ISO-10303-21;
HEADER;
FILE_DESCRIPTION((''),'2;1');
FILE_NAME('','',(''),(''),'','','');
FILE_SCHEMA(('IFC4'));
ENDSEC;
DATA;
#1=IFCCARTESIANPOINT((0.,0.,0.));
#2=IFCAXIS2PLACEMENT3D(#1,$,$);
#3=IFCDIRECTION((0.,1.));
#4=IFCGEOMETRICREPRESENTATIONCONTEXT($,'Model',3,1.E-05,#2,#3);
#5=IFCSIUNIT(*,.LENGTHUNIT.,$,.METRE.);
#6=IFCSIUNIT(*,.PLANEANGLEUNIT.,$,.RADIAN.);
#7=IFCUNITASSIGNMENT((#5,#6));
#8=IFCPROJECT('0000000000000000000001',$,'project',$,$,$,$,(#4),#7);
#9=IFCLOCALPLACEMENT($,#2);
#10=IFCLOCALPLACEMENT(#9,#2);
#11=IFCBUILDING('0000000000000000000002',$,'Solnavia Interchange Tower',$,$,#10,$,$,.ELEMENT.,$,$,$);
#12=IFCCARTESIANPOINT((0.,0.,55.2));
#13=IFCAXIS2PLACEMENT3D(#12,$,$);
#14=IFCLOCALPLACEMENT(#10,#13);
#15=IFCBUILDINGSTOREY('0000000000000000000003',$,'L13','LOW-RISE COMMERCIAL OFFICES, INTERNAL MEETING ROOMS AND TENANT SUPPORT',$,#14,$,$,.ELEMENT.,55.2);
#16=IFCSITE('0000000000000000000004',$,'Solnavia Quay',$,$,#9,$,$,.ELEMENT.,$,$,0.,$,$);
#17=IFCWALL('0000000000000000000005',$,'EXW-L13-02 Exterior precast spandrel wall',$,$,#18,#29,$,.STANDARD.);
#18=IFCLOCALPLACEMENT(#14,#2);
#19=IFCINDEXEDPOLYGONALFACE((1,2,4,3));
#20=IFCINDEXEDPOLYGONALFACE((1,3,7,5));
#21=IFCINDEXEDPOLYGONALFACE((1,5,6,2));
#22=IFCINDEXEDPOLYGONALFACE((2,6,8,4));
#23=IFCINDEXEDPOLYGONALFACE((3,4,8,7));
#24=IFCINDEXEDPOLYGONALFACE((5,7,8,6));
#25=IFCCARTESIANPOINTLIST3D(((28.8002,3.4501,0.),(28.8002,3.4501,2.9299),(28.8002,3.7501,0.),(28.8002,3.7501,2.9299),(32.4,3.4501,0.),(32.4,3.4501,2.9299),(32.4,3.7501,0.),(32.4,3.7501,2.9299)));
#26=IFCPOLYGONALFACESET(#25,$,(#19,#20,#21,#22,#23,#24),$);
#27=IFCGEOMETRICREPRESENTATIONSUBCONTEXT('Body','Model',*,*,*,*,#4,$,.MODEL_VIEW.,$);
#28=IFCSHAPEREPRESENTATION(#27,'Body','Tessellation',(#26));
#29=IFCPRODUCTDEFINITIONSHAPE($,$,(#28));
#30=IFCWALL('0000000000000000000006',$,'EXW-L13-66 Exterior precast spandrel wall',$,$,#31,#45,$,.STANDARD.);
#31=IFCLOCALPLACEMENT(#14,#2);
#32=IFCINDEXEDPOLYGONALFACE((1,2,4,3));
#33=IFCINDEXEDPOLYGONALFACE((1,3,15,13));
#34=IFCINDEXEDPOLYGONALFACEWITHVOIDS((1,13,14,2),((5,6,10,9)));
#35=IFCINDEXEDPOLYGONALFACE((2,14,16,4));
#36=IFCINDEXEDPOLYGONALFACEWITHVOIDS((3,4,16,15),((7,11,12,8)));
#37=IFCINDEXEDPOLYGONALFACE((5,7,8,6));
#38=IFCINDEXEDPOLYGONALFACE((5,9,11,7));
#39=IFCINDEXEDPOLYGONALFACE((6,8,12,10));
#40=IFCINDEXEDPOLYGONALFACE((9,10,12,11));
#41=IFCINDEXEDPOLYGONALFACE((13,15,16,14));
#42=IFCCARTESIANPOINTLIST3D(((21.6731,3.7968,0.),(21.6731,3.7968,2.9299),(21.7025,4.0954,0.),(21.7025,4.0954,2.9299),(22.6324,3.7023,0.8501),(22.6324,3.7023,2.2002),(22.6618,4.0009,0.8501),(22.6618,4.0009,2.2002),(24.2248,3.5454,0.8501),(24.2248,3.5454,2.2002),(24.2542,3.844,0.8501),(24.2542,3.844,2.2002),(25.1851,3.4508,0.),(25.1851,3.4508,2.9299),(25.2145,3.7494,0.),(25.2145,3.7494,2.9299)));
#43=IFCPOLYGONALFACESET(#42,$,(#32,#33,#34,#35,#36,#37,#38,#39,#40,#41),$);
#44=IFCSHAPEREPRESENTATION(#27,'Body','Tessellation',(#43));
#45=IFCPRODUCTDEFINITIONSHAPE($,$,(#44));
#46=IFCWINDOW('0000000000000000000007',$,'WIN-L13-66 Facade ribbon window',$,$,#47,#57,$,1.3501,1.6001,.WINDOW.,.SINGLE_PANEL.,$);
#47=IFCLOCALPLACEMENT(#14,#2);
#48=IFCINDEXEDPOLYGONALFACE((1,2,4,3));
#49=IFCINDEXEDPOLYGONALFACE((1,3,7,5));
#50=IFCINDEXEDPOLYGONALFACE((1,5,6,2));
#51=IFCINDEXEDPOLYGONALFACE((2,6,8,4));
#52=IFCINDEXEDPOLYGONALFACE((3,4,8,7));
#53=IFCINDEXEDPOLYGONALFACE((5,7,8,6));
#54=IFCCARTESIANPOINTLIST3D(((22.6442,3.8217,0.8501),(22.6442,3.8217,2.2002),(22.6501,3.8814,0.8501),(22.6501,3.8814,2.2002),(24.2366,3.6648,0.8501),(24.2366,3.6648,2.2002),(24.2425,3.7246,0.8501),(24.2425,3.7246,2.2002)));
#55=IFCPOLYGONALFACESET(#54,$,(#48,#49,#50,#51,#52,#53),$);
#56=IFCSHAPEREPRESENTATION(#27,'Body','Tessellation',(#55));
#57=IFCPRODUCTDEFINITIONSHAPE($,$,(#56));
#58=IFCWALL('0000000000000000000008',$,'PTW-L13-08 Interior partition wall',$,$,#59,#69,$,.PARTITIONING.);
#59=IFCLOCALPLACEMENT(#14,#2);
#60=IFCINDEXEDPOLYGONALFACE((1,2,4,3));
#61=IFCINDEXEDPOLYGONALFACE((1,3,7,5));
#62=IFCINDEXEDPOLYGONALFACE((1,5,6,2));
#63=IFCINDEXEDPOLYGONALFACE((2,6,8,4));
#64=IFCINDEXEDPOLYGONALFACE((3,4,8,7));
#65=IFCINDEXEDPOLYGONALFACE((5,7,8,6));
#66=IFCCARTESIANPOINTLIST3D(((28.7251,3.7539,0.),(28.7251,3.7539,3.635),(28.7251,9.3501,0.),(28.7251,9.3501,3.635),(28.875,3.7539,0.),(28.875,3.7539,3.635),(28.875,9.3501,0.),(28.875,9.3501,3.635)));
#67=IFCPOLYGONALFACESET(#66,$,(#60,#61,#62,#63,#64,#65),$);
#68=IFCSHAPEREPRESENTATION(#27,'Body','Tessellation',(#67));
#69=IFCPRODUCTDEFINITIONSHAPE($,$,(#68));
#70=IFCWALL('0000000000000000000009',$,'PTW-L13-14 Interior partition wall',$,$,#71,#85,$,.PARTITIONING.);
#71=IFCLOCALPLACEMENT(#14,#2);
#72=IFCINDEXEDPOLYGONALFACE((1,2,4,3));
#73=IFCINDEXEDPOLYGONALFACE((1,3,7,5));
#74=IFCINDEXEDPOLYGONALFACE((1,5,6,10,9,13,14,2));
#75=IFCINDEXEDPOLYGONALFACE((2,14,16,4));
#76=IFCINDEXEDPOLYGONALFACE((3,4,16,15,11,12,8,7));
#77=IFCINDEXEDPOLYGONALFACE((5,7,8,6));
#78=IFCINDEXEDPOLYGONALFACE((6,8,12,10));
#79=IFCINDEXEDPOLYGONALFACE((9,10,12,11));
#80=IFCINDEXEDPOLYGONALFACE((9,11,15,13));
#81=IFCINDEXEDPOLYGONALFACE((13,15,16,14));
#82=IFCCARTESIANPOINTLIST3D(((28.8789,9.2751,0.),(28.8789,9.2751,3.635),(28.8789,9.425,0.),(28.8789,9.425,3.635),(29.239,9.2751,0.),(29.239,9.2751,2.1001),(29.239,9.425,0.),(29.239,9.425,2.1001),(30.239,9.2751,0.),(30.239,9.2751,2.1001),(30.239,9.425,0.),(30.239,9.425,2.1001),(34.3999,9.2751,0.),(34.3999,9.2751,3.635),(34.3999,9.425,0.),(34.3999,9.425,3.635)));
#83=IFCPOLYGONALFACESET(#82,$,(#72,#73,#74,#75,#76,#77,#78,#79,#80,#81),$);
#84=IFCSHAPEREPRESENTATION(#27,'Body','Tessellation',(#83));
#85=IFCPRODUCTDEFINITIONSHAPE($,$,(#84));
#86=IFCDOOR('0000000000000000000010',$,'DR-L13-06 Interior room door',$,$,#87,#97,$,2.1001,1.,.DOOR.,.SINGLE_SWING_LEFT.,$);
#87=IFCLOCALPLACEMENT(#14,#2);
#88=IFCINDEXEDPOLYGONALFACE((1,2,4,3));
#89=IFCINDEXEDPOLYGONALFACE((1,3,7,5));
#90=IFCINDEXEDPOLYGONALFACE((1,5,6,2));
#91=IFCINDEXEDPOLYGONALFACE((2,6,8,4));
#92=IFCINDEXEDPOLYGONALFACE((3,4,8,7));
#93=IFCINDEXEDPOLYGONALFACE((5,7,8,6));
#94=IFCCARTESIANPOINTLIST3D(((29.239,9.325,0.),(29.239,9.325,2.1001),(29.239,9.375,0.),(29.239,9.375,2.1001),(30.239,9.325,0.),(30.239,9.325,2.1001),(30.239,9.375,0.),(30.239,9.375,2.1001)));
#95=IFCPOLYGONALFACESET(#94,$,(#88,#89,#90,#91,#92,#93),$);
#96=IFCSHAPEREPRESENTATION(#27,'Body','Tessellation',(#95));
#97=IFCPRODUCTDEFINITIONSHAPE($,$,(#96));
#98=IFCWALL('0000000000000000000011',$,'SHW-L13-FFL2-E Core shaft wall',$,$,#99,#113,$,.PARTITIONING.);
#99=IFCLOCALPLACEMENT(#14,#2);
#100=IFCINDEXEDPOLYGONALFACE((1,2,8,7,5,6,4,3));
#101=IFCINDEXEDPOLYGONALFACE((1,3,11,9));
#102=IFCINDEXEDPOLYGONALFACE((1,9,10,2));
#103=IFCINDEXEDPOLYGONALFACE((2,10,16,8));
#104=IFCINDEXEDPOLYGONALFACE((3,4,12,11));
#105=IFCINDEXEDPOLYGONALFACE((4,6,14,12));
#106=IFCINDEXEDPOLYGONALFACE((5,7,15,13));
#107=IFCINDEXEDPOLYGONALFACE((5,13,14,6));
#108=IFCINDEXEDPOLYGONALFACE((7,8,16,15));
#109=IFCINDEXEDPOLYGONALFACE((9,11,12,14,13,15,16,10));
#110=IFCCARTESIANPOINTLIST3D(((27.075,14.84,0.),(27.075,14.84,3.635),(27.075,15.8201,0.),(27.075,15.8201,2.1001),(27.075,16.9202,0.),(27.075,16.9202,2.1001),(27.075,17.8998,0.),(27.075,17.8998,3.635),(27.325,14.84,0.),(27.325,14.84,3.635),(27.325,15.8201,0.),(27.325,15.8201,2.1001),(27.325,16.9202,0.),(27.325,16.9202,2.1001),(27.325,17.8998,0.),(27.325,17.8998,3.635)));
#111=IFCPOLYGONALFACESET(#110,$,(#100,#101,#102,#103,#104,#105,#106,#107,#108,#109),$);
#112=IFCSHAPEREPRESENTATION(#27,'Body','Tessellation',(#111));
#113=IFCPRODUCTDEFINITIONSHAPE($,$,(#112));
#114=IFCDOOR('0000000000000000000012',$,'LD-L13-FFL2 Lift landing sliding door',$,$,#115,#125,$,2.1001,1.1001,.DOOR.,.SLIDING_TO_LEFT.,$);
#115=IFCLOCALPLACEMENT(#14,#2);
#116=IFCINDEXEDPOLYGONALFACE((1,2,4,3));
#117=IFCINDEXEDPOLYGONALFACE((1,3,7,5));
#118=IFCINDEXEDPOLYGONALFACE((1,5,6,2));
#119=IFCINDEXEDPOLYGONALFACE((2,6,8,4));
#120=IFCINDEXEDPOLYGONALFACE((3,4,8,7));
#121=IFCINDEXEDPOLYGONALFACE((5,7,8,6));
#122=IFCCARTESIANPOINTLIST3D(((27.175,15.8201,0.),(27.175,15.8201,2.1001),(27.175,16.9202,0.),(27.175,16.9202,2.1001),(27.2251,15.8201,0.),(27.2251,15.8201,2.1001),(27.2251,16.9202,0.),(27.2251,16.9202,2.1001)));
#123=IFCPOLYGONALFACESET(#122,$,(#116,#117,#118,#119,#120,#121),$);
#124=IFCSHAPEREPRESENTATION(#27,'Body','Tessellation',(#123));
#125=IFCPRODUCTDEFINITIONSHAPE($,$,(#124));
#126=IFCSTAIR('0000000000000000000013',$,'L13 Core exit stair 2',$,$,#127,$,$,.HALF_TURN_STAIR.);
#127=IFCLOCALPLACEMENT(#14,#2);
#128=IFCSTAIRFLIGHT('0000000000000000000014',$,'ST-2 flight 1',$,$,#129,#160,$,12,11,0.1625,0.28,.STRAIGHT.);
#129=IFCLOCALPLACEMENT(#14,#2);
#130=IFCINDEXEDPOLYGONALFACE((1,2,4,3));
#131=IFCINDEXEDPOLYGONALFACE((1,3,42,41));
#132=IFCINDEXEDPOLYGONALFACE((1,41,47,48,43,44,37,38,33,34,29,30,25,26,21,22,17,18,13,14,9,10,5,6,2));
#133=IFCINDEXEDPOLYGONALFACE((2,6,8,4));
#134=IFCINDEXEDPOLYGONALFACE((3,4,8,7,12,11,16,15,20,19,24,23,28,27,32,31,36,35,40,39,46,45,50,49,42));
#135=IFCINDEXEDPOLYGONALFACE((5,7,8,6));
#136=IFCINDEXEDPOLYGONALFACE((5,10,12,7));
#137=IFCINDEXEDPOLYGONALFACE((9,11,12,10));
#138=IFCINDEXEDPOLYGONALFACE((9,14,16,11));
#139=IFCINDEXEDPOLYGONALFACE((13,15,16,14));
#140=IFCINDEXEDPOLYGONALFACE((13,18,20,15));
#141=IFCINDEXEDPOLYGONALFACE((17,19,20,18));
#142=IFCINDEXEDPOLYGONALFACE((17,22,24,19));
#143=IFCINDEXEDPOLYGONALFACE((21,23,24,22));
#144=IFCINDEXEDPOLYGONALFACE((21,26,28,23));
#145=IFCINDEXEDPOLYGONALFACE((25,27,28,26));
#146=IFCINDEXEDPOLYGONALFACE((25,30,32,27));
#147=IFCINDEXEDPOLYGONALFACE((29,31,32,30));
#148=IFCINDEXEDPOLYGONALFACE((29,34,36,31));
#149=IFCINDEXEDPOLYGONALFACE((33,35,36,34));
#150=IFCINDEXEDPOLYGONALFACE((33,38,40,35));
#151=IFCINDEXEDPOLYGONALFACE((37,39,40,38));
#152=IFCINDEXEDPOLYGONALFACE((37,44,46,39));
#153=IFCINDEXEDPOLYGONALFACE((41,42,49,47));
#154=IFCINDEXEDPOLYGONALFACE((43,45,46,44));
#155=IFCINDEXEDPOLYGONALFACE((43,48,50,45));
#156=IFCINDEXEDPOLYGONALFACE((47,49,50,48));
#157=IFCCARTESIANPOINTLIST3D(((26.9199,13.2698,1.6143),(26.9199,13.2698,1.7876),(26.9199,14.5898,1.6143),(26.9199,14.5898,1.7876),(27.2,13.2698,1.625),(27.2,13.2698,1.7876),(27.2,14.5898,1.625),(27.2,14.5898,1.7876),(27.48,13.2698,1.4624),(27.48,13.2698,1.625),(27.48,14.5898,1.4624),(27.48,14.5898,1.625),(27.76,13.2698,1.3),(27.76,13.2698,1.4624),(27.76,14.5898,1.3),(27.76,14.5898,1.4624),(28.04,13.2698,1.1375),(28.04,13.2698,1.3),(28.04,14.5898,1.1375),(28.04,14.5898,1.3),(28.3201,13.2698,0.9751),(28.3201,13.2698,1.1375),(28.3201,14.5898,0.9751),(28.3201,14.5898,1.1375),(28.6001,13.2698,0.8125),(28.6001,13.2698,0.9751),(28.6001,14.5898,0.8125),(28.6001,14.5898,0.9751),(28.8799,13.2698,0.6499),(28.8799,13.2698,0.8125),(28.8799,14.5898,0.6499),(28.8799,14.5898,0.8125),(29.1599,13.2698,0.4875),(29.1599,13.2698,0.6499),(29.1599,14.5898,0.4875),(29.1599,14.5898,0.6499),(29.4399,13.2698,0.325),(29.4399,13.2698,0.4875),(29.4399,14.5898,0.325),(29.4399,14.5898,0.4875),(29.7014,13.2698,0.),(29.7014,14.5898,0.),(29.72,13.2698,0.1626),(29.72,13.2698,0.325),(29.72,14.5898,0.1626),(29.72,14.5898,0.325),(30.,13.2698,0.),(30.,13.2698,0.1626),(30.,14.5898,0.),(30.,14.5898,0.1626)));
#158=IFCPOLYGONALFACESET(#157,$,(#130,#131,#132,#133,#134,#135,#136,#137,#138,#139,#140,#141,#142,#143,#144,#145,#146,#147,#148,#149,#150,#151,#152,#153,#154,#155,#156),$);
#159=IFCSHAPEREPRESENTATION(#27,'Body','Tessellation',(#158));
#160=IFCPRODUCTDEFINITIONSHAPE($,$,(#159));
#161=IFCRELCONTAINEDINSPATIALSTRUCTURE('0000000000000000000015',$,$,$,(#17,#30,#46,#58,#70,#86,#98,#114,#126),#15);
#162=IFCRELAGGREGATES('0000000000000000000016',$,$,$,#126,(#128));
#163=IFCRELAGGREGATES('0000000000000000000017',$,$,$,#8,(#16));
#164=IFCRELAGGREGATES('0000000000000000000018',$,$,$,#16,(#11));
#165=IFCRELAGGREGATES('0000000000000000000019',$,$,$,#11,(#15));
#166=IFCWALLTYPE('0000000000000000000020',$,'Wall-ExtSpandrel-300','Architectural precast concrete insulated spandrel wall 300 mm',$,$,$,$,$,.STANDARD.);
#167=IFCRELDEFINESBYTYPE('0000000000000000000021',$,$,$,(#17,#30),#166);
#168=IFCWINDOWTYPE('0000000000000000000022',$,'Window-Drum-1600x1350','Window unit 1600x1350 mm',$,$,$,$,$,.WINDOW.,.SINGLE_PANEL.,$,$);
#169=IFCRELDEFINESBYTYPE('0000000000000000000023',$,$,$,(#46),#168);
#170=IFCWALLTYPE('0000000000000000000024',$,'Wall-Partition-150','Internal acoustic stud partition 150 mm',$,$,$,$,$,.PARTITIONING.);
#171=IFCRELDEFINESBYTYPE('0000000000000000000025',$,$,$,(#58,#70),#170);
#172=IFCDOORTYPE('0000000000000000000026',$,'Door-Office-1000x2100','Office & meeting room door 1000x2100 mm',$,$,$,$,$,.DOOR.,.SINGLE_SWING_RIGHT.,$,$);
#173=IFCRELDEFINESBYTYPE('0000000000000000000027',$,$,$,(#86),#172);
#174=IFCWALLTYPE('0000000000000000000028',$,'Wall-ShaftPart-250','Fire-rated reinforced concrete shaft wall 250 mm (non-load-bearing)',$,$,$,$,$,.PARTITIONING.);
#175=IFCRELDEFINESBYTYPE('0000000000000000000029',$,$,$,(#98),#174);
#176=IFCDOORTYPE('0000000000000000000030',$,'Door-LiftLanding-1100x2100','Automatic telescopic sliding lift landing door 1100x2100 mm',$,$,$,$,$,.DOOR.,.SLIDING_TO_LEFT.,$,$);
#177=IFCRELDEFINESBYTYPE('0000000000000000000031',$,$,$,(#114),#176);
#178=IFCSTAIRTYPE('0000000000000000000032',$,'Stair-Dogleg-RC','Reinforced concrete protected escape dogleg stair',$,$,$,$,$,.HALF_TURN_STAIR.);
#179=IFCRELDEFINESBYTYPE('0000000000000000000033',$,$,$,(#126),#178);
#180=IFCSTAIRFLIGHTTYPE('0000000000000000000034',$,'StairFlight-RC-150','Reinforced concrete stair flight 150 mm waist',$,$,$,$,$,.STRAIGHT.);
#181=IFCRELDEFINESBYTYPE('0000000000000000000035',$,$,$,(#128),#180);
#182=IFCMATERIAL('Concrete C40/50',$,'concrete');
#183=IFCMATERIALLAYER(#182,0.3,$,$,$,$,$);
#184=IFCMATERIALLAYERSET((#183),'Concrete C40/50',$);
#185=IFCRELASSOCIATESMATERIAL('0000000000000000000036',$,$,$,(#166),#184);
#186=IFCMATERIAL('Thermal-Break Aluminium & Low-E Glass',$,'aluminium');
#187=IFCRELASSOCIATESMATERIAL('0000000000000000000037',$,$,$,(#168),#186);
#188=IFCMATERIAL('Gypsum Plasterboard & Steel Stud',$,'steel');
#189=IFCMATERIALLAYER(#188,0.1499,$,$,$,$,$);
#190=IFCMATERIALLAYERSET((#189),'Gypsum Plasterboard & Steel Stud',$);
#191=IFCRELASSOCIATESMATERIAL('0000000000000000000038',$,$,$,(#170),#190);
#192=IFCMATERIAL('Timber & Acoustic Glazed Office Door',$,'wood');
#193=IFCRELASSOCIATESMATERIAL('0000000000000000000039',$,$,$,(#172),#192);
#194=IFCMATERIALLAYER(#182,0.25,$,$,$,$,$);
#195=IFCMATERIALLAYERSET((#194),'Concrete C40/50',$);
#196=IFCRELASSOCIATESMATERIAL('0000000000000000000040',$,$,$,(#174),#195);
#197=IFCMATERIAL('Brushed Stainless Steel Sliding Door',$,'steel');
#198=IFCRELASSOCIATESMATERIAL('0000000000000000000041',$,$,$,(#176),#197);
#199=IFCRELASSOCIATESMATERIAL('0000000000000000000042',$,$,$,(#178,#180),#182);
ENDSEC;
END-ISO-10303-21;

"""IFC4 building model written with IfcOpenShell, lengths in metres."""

from ifc_helpers import new_model, si_unit, direction, frame, frame_2d, origin, place, context, subcontext, project, spatial, polyline, rectangle, outline, extrude, material, layer, layer_set, type_object, element, fill, aggregate, save


model = new_model("IFC4")

# Units and contexts
model_context = context("Model", 3, precision=1e-05, world=origin(), true_north=direction((0.0, 1.0)))
body_context = subcontext(model_context, "Body", "Model", "MODEL_VIEW")
ifc_project = project(units=[si_unit("LENGTHUNIT", "METRE"), si_unit("PLANEANGLEUNIT", "RADIAN")], contexts=[model_context])

# Site, building, storey
site_placement = place(None, origin())
site = spatial("IfcSite", under=ifc_project, at=site_placement, Name="Solnavia Quay", CompositionType="ELEMENT", RefElevation=0.0)
building_placement = place(site_placement, origin())
building = spatial("IfcBuilding", under=site, at=building_placement, Name="Solnavia Interchange Tower", CompositionType="ELEMENT")
storey_placement = place(building_placement, frame((0.0, 0.0, 55.2)))
storey = spatial("IfcBuildingStorey", under=building, at=storey_placement, Name="L13", Description="LOW-RISE COMMERCIAL OFFICES, INTERNAL MEETING ROOMS AND TENANT SUPPORT", CompositionType="ELEMENT", Elevation=55.2)

# Shared definitions
ifc_material_1 = material(Name="Concrete C40/50", Category="concrete")
ifc_layer_1 = layer(ifc_material_1, 0.3)
ifc_layer_set_1 = layer_set([ifc_layer_1], Name="Concrete C40/50")
wall_type_1 = type_object("IfcWallType", Name="Wall-ExtSpandrel-300", Description="Architectural precast concrete insulated spandrel wall 300 mm", PredefinedType="STANDARD", material=ifc_layer_set_1)
ifc_material_2 = material(Name="Thermal-Break Aluminium & Low-E Glass", Category="aluminium")

# Wall
wall_1_placement = place(storey_placement, frame((32.3999, 3.6001, 0.0), z_axis=(0.0, 0.0, 1.0), x_axis=(-1.0, 0.0, 0.0)))
element("IfcWall", 1, at=wall_1_placement, inside=storey, type_object=wall_type_1, Name="EXW-L13-02 Exterior precast spandrel wall", PredefinedType="STANDARD", context=body_context, shape_type="SweptSolid", body=[
    extrude(rectangle(XDim=3.5999, YDim=0.3, at=frame_2d((1.7998, 0.0))), origin(), (0.0, 0.0, 1.0), 2.9299),
])

# Wall, opening, window
wall_2_placement = place(storey_placement, frame((25.2, 3.6001, 0.0), z_axis=(0.0, 0.0, 1.0), x_axis=(-0.995183, 0.098031, 0.0)))
wall_2 = element("IfcWall", 2, at=wall_2_placement, inside=storey, type_object=wall_type_1, Name="EXW-L13-66 Exterior precast spandrel wall", PredefinedType="STANDARD", context=body_context, shape_type="SweptSolid", body=[
    extrude(rectangle(XDim=3.5291, YDim=0.3, at=frame_2d((1.7646, 0.0))), origin(), (0.0, 0.0, 1.0), 2.9299),
])
opening_1_placement = place(wall_2_placement, frame((0.9651, 0.0, 0.8501)))
opening_1 = element("IfcOpeningElement", 3, at=opening_1_placement, cuts=wall_2, PredefinedType="OPENING", context=body_context, shape_type="SweptSolid", body=[
    extrude(rectangle(XDim=1.6001, YDim=1.3501, at=frame_2d((0.8, 0.675))), frame((0.0, 0.1602, 0.0), z_axis=(0.0, -1.0, 0.0), x_axis=(1.0, 0.0, 0.0)), (0.0, 0.0, 1.0), 0.3201),
])
window_type_1 = type_object("IfcWindowType", Name="Window-Drum-1600x1350", Description="Window unit 1600x1350 mm", PartitioningType="SINGLE_PANEL", PredefinedType="WINDOW", material=ifc_material_2)
window_1_placement = place(opening_1_placement, origin())
window_1 = element("IfcWindow", 4, at=window_1_placement, inside=storey, type_object=window_type_1, Name="WIN-L13-66 Facade ribbon window", OverallHeight=1.3501, OverallWidth=1.6001, PartitioningType="SINGLE_PANEL", PredefinedType="WINDOW", context=body_context, shape_type="SweptSolid", body=[
    extrude(rectangle(XDim=1.6001, YDim=1.3501, at=frame_2d((0.8, 0.675))), frame((0.0, 0.03, 0.0), z_axis=(0.0, -1.0, 0.0), x_axis=(1.0, 0.0, 0.0)), (0.0, 0.0, 1.0), 0.0601),
])
fill(opening_1, window_1)

# Wall
ifc_material_3 = material(Name="Gypsum Plasterboard & Steel Stud", Category="steel")
ifc_layer_2 = layer(ifc_material_3, 0.1499)
ifc_layer_set_2 = layer_set([ifc_layer_2], Name="Gypsum Plasterboard & Steel Stud")
wall_type_2 = type_object("IfcWallType", Name="Wall-Partition-150", Description="Internal acoustic stud partition 150 mm", PredefinedType="PARTITIONING", material=ifc_layer_set_2)
wall_3_placement = place(storey_placement, frame((28.8, 9.3501, 0.0), z_axis=(0.0, 0.0, 1.0), x_axis=(0.0, -1.0, 0.0)))
element("IfcWall", 5, at=wall_3_placement, inside=storey, type_object=wall_type_2, Name="PTW-L13-08 Interior partition wall", PredefinedType="PARTITIONING", context=body_context, shape_type="SweptSolid", body=[
    extrude(rectangle(XDim=5.5962, YDim=0.1499, at=frame_2d((2.7981, 0.0))), origin(), (0.0, 0.0, 1.0), 3.635),
])

# Walls, openings, doors
wall_4_placement = place(storey_placement, frame((28.8789, 9.3501, 0.0), z_axis=(0.0, 0.0, 1.0), x_axis=(1.0, 0.0, 0.0)))
wall_4 = element("IfcWall", 6, at=wall_4_placement, inside=storey, type_object=wall_type_2, Name="PTW-L13-14 Interior partition wall", PredefinedType="PARTITIONING", context=body_context, shape_type="SweptSolid", body=[
    extrude(rectangle(XDim=5.521, YDim=0.1499, at=frame_2d((2.7605, 0.0))), origin(), (0.0, 0.0, 1.0), 3.635),
])
opening_2_placement = place(wall_4_placement, frame((0.3601, 0.0, 0.0)))
opening_2 = element("IfcOpeningElement", 7, at=opening_2_placement, cuts=wall_4, PredefinedType="OPENING", context=body_context, shape_type="SweptSolid", body=[
    extrude(rectangle(XDim=1.0, YDim=2.1001, at=frame_2d((0.5, 1.05))), frame((0.0, 0.085, 0.0), z_axis=(0.0, -1.0, 0.0), x_axis=(1.0, 0.0, 0.0)), (0.0, 0.0, 1.0), 0.1699),
])
ifc_material_4 = material(Name="Timber & Acoustic Glazed Office Door", Category="wood")
door_type_1 = type_object("IfcDoorType", Name="Door-Office-1000x2100", Description="Office & meeting room door 1000x2100 mm", OperationType="SINGLE_SWING_RIGHT", PredefinedType="DOOR", material=ifc_material_4)
door_1_placement = place(opening_2_placement, origin())
door_1 = element("IfcDoor", 8, at=door_1_placement, inside=storey, type_object=door_type_1, Name="DR-L13-06 Interior room door", OperationType="SINGLE_SWING_LEFT", OverallHeight=2.1001, OverallWidth=1.0, PredefinedType="DOOR", context=body_context, shape_type="SweptSolid", body=[
    extrude(rectangle(XDim=1.0, YDim=2.1001, at=frame_2d((0.5, 1.05))), frame((0.0, 0.0249, 0.0), z_axis=(0.0, -1.0, 0.0), x_axis=(1.0, 0.0, 0.0)), (0.0, 0.0, 1.0), 0.05),
])
fill(opening_2, door_1)
ifc_layer_3 = layer(ifc_material_1, 0.25)
ifc_layer_set_3 = layer_set([ifc_layer_3], Name="Concrete C40/50")
wall_type_3 = type_object("IfcWallType", Name="Wall-ShaftPart-250", Description="Fire-rated reinforced concrete shaft wall 250 mm (non-load-bearing)", PredefinedType="PARTITIONING", material=ifc_layer_set_3)
wall_5_placement = place(storey_placement, frame((27.2, 14.8401, 0.0), z_axis=(0.0, 0.0, 1.0), x_axis=(0.0, 1.0, 0.0)))
wall_5 = element("IfcWall", 9, at=wall_5_placement, inside=storey, type_object=wall_type_3, Name="SHW-L13-FFL2-E Core shaft wall", PredefinedType="PARTITIONING", context=body_context, shape_type="SweptSolid", body=[
    extrude(rectangle(XDim=3.0598, YDim=0.25, at=frame_2d((1.5298, 0.0))), origin(), (0.0, 0.0, 1.0), 3.635),
])
opening_3_placement = place(wall_5_placement, frame((0.98, 0.0, 0.0)))
opening_3 = element("IfcOpeningElement", 10, at=opening_3_placement, cuts=wall_5, PredefinedType="OPENING", context=body_context, shape_type="SweptSolid", body=[
    extrude(rectangle(XDim=1.1001, YDim=2.1001, at=frame_2d((0.55, 1.05))), frame((0.0, 0.135, 0.0), z_axis=(0.0, -1.0, 0.0), x_axis=(1.0, 0.0, 0.0)), (0.0, 0.0, 1.0), 0.27),
])
ifc_material_5 = material(Name="Brushed Stainless Steel Sliding Door", Category="steel")
door_type_2 = type_object("IfcDoorType", Name="Door-LiftLanding-1100x2100", Description="Automatic telescopic sliding lift landing door 1100x2100 mm", OperationType="SLIDING_TO_LEFT", PredefinedType="DOOR", material=ifc_material_5)
door_2_placement = place(opening_3_placement, origin())
door_2 = element("IfcDoor", 11, at=door_2_placement, inside=storey, type_object=door_type_2, Name="LD-L13-FFL2 Lift landing sliding door", OperationType="SLIDING_TO_LEFT", OverallHeight=2.1001, OverallWidth=1.1001, PredefinedType="DOOR", context=body_context, shape_type="SweptSolid", body=[
    extrude(rectangle(XDim=1.1001, YDim=2.1001, at=frame_2d((0.55, 1.05))), frame((0.0, 0.0249, 0.0), z_axis=(0.0, -1.0, 0.0), x_axis=(1.0, 0.0, 0.0)), (0.0, 0.0, 1.0), 0.05),
])
fill(opening_3, door_2)

# Stair, stair flight
stair_type = type_object("IfcStairType", Name="Stair-Dogleg-RC", Description="Reinforced concrete protected escape dogleg stair", PredefinedType="HALF_TURN_STAIR", material=ifc_material_1)
stair_placement = place(storey_placement, origin())
stair = element("IfcStair", 12, at=stair_placement, inside=storey, type_object=stair_type, Name="L13 Core exit stair 2", PredefinedType="HALF_TURN_STAIR")
stair_flight_type = type_object("IfcStairFlightType", Name="StairFlight-RC-150", Description="Reinforced concrete stair flight 150 mm waist", PredefinedType="STRAIGHT", material=ifc_material_1)
stair_flight_1_placement = place(storey_placement, frame((30.0, 13.9299, 0.0), z_axis=(0.0, 0.0, 1.0), x_axis=(-1.0, 0.0, 0.0)))
stair_flight_1 = element("IfcStairFlight", 13, at=stair_flight_1_placement, type_object=stair_flight_type, Name="ST-2 flight 1", NumberOfRisers=12, NumberOfTreads=11, PredefinedType="STRAIGHT", RiserHeight=0.1625, TreadLength=0.28, context=body_context, shape_type="SweptSolid", body=[
    extrude(outline(polyline([(0.0, 0.0), (0.0, 0.1626), (0.28, 0.1626), (0.28, 0.325), (0.5601, 0.325), (0.5601, 0.4875), (0.8401, 0.4875), (0.8401, 0.6499), (1.1201, 0.6499), (1.1201, 0.8125), (1.3999, 0.8125), (1.3999, 0.9751), (1.6799, 0.9751), (1.6799, 1.1375), (1.96, 1.1375), (1.96, 1.3), (2.24, 1.3), (2.24, 1.4624), (2.52, 1.4624), (2.52, 1.625), (2.8, 1.625), (2.8, 1.7876), (3.0801, 1.7876), (3.0801, 1.95), (3.0801, 1.6143), (0.2986, 0.0), (0.0, 0.0)])), frame((0.0, 0.6602, 0.0), z_axis=(0.0, -1.0, 0.0), x_axis=(1.0, 0.0, 0.0)), (0.0, 0.0, 1.0), 1.3201),
])
aggregate(stair, [stair_flight_1])

save(model, "model.ifc")
